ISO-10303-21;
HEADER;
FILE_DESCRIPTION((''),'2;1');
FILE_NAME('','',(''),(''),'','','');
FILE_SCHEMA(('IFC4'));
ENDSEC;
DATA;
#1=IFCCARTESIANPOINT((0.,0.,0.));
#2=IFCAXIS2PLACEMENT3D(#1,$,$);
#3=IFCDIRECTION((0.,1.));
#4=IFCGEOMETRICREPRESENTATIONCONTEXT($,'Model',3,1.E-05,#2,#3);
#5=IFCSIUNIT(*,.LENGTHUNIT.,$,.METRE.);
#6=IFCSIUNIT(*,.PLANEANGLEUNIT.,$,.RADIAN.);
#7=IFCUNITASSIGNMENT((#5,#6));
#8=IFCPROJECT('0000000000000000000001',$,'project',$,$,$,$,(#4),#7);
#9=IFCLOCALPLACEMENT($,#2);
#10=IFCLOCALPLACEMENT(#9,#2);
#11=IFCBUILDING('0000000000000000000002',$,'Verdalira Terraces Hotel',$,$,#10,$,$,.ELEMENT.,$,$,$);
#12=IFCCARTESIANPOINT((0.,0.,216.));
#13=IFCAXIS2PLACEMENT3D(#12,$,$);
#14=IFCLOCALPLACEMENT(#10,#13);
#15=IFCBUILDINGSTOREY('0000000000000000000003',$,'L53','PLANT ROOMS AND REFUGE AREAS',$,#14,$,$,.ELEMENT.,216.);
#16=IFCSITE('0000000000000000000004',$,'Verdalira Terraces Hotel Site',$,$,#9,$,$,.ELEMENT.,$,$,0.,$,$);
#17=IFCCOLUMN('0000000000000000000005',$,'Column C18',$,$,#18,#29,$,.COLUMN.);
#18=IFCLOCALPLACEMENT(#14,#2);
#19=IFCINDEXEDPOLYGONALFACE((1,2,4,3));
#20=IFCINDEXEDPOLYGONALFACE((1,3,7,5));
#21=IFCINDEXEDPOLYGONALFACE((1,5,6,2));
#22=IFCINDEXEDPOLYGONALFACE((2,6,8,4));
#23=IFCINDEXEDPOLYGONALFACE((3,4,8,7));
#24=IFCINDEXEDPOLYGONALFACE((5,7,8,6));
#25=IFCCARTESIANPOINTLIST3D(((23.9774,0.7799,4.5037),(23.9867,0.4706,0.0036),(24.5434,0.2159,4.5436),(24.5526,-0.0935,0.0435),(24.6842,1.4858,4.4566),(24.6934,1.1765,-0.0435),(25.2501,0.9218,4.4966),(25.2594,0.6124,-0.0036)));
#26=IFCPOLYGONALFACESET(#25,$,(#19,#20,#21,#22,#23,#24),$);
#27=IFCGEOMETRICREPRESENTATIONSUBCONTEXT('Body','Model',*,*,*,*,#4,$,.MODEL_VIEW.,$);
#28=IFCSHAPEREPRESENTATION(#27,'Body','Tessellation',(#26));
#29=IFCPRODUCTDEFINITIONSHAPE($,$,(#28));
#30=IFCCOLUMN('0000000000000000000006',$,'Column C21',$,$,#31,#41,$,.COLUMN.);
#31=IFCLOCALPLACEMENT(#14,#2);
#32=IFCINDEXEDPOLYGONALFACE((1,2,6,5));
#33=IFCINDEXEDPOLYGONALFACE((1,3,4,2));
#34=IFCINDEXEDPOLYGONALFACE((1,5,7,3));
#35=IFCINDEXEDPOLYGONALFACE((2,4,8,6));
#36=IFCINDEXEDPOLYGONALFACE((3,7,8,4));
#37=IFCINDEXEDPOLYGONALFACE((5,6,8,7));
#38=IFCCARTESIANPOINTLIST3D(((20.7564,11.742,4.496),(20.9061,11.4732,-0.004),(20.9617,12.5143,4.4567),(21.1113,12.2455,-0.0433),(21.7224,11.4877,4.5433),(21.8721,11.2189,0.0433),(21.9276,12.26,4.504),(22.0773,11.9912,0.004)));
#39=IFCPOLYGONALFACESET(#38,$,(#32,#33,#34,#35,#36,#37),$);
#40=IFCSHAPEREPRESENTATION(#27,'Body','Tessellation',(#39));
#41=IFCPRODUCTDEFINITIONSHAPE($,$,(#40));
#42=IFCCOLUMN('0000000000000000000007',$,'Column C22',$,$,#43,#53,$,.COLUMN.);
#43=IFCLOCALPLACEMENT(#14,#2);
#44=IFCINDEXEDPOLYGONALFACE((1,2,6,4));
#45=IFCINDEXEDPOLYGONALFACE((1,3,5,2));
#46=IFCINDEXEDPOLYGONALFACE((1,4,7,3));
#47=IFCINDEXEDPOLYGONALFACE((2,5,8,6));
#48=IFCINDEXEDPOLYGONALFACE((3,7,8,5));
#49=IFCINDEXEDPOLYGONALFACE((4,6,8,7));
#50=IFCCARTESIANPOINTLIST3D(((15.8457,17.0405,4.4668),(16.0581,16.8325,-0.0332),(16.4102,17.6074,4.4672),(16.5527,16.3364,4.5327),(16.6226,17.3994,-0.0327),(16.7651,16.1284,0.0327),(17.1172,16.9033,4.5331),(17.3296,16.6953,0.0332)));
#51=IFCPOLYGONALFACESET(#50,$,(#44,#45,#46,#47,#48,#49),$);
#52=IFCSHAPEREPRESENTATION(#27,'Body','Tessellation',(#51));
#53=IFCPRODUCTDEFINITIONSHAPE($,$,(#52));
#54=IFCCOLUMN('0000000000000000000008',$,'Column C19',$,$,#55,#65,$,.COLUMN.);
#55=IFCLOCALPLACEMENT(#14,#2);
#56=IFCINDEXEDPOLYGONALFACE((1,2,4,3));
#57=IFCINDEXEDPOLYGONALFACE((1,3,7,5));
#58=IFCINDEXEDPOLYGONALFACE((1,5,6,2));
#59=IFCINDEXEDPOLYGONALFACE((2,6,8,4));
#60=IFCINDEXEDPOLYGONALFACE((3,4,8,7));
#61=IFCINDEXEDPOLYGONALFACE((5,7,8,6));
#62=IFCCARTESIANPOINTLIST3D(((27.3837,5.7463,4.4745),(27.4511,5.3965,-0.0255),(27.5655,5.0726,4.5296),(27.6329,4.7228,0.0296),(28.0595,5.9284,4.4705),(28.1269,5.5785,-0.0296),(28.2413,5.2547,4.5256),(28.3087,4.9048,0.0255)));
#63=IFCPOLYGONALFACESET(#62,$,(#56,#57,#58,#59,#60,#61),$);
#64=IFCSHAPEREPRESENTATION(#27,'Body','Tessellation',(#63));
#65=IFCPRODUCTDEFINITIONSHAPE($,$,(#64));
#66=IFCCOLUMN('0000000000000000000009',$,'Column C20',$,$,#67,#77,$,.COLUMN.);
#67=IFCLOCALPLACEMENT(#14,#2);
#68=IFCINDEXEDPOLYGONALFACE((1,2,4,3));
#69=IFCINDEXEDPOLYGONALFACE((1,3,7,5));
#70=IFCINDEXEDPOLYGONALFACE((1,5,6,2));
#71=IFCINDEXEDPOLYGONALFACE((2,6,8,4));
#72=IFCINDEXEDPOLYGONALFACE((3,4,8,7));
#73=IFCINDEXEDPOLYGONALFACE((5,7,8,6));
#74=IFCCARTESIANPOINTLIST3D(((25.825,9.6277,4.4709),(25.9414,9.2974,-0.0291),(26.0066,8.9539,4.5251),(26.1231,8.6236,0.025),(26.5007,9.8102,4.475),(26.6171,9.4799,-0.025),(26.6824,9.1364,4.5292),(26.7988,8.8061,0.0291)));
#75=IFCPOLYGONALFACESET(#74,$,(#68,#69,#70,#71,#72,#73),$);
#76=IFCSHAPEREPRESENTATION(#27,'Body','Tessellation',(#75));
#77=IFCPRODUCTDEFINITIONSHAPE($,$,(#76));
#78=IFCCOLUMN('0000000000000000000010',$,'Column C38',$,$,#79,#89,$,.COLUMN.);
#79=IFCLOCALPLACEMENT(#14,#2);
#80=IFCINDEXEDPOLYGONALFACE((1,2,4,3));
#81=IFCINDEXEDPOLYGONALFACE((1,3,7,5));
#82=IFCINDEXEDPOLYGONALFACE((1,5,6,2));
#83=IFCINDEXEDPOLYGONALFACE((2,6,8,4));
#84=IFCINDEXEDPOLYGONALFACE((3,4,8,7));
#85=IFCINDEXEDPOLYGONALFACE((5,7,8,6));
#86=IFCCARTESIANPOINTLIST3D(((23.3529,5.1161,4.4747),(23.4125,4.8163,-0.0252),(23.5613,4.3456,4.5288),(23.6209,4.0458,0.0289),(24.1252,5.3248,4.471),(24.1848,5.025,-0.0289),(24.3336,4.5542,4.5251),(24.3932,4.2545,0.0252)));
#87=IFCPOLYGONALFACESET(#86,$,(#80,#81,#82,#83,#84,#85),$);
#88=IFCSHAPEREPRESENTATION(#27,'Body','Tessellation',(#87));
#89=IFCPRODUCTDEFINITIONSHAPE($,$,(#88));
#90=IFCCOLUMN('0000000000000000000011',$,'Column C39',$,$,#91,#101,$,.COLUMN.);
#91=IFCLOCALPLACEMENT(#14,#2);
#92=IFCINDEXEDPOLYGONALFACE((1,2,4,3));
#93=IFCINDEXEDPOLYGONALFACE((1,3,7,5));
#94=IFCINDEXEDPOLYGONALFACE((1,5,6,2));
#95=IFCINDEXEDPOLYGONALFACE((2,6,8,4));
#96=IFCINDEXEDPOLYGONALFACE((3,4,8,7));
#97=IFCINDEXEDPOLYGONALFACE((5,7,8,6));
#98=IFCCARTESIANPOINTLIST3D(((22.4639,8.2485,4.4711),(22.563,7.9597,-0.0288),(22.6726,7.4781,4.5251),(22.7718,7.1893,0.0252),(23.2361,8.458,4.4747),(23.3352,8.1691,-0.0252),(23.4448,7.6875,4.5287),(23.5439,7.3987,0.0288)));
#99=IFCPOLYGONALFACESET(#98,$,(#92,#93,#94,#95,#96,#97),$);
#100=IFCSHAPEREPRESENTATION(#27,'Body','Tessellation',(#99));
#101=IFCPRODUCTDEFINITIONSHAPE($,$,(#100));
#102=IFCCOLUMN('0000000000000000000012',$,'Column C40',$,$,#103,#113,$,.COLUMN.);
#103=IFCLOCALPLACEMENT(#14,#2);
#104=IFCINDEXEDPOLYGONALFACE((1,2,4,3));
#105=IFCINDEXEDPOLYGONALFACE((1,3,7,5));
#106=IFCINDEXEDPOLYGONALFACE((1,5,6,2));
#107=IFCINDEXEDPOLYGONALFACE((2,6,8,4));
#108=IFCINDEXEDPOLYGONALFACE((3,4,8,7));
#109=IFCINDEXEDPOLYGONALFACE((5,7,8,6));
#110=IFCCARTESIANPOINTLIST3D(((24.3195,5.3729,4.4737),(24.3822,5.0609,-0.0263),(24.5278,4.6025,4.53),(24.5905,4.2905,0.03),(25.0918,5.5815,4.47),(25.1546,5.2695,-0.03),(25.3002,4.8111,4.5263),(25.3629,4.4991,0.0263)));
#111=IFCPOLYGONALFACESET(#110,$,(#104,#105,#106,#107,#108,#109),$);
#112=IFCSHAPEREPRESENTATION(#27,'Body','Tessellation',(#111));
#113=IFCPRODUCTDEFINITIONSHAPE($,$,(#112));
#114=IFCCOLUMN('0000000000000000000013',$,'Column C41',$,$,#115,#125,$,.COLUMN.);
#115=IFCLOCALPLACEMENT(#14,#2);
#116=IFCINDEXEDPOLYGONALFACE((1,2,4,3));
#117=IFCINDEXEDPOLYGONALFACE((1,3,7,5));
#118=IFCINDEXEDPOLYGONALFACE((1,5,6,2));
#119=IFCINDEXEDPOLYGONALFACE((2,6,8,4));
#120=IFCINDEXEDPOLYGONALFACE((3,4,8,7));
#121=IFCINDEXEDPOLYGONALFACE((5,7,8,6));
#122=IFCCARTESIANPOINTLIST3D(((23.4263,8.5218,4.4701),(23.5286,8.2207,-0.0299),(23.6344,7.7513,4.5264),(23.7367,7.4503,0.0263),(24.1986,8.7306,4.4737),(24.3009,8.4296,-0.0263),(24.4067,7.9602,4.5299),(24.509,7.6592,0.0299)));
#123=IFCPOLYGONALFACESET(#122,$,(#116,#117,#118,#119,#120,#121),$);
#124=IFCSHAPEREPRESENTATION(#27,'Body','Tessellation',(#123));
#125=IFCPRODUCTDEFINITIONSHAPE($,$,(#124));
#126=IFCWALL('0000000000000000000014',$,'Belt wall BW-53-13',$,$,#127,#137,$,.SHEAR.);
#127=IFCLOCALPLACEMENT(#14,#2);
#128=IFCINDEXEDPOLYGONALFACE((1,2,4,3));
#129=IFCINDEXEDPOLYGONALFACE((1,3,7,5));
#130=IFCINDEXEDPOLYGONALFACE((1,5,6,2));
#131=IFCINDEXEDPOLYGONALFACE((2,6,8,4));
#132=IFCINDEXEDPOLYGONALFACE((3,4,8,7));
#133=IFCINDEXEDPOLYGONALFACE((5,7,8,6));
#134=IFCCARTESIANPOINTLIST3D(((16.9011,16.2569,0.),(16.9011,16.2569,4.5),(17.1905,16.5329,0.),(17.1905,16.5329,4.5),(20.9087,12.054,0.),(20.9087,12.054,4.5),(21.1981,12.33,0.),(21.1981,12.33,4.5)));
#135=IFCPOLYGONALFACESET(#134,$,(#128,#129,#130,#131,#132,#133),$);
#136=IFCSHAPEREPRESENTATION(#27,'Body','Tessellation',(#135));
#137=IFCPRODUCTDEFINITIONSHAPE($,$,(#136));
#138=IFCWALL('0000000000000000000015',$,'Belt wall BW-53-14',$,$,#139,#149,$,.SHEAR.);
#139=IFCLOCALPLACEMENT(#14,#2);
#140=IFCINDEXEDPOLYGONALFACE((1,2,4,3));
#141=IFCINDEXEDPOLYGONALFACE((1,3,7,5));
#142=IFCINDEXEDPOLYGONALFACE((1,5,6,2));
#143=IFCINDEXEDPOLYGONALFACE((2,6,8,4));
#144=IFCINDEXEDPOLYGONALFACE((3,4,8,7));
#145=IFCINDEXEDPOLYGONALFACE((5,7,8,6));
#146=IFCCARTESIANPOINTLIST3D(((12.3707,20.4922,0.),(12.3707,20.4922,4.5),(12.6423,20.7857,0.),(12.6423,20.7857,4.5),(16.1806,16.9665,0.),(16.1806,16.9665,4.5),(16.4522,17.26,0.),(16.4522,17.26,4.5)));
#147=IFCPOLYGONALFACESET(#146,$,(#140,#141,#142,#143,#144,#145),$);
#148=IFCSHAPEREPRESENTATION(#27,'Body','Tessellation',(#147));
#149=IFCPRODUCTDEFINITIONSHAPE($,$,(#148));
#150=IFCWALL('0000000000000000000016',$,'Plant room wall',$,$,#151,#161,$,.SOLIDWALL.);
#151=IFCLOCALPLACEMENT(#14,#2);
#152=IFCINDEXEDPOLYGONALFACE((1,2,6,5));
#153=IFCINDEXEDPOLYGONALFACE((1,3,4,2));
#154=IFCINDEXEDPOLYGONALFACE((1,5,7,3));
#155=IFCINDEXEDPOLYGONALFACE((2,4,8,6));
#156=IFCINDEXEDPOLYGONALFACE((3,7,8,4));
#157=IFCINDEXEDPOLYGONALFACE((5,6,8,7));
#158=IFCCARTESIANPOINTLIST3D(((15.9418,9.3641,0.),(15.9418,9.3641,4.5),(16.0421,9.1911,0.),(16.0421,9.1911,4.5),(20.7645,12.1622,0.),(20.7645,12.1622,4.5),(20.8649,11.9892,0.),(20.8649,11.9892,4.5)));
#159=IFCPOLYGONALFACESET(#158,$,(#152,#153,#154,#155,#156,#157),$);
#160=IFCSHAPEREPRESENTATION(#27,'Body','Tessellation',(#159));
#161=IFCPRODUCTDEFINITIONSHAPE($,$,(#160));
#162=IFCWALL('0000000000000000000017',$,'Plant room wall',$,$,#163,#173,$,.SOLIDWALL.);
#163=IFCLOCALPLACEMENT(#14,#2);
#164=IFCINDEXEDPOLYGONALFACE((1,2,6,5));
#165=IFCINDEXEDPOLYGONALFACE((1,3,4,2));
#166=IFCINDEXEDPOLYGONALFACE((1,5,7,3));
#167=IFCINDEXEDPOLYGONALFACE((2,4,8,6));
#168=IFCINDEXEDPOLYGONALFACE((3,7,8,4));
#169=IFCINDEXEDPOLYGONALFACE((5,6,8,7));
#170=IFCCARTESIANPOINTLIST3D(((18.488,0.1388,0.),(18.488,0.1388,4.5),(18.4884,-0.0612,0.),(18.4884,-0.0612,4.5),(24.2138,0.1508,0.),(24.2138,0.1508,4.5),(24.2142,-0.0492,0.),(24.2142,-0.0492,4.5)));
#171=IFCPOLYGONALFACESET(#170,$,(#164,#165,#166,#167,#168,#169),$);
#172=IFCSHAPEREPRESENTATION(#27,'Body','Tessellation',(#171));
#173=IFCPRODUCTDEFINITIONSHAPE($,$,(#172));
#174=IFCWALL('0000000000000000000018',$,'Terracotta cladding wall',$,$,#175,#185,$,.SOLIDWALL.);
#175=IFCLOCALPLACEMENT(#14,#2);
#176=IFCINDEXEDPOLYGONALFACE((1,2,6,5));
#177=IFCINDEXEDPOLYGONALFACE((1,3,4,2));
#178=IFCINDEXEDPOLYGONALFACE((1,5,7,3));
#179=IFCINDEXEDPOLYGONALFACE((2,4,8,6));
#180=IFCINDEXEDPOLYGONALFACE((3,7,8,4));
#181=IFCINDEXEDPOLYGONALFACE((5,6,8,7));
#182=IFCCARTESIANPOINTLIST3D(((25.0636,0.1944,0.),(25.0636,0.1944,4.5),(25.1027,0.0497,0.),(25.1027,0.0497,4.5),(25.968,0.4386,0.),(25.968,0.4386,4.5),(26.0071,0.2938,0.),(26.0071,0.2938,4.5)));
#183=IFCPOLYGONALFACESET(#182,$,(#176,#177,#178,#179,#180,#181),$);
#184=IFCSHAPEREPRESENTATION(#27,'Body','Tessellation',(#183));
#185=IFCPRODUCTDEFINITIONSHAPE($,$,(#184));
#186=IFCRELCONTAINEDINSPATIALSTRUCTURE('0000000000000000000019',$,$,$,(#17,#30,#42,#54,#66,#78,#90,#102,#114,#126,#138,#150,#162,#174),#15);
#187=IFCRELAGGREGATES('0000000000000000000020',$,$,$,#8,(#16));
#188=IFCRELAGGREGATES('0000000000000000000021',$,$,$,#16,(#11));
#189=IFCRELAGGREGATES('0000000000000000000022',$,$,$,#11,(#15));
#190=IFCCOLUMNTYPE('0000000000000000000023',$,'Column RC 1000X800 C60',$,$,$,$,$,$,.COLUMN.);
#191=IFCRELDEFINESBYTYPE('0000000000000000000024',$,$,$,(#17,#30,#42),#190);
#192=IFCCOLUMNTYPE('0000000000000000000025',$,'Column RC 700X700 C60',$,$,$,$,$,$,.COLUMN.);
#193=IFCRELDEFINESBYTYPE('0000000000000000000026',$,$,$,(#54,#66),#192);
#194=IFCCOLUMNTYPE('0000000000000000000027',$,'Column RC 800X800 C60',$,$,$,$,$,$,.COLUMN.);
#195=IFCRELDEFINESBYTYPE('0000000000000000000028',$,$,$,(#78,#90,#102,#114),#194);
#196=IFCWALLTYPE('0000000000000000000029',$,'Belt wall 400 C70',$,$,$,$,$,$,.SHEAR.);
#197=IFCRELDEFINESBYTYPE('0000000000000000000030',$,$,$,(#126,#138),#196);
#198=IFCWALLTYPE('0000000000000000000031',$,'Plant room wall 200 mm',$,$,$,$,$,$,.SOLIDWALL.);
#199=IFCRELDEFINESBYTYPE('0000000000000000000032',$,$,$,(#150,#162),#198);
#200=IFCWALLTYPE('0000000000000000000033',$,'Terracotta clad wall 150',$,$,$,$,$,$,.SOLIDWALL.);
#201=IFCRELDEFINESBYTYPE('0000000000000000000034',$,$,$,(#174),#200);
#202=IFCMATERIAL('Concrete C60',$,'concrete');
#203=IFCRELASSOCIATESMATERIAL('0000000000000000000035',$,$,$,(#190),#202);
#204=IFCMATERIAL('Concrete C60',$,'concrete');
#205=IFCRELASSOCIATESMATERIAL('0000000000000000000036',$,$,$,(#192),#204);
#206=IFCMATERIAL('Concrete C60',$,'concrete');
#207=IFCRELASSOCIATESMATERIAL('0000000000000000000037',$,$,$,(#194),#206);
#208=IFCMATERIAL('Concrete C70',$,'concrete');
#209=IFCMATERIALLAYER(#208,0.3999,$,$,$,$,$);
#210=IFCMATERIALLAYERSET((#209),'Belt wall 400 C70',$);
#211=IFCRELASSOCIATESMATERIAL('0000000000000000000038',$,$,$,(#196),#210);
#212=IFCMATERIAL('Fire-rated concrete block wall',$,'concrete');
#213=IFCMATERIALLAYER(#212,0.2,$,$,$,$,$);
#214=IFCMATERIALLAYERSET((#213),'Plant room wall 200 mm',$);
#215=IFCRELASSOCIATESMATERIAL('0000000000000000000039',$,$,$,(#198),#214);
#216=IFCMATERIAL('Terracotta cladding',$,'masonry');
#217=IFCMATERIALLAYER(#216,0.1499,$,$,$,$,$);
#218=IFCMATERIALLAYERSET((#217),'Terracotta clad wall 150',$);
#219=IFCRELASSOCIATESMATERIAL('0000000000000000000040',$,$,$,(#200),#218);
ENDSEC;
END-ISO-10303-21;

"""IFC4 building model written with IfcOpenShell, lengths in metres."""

from ifc_helpers import new_model, si_unit, direction, frame, frame_2d, origin, origin_2d, place, context, subcontext, project, spatial, rectangle, extrude, material, layer, layer_set, material_profile, profile_set, type_object, element, save


model = new_model("IFC4")

# Units and contexts
model_context = context("Model", 3, precision=1e-05, world=origin(), true_north=direction((0.0, 1.0)))
body_context = subcontext(model_context, "Body", "Model", "MODEL_VIEW")
ifc_project = project(units=[si_unit("LENGTHUNIT", "METRE"), si_unit("PLANEANGLEUNIT", "RADIAN")], contexts=[model_context])

# Site, building, storey
site_placement = place(None, origin())
site = spatial("IfcSite", under=ifc_project, at=site_placement, Name="Verdalira Terraces Hotel Site", CompositionType="ELEMENT", RefElevation=0.0)
building_placement = place(site_placement, origin())
building = spatial("IfcBuilding", under=site, at=building_placement, Name="Verdalira Terraces Hotel", CompositionType="ELEMENT")
storey_placement = place(building_placement, frame((0.0, 0.0, 216.0)))
storey = spatial("IfcBuildingStorey", under=building, at=storey_placement, Name="L53", Description="PLANT ROOMS AND REFUGE AREAS", CompositionType="ELEMENT", Elevation=216.0)

# Columns
ifc_material_1 = material(Name="Concrete C60", Category="concrete")
ifc_material_profile_1 = material_profile(ifc_material_1, rectangle(XDim=1.0, YDim=0.8, at=origin_2d()), Name="RC 1000X800")
ifc_profile_set_1 = profile_set([ifc_material_profile_1], Name="Concrete C60")
column_type_1 = type_object("IfcColumnType", Name="Column RC 1000X800 C60", PredefinedType="COLUMN", material=ifc_profile_set_1)
column_1_placement = place(storey_placement, frame((24.623, 0.5415, 0.0), z_axis=(-0.002057, 0.068577, 0.997644), x_axis=(-0.706776, -0.70587, 0.047064)))
element("IfcColumn", 1, at=column_1_placement, inside=storey, type_object=column_type_1, Name="Column C18", PredefinedType="COLUMN", context=body_context, shape_type="SweptSolid", body=[
    extrude(rectangle(XDim=1.0, YDim=0.8, at=origin_2d()), origin(), (0.0, 0.0, 1.0), 4.5107),
])
column_2_placement = place(storey_placement, frame((21.4917, 11.7322, 0.0), z_axis=(-0.03318, 0.059594, 0.997671), x_axis=(0.96597, -0.254291, 0.047315)))
element("IfcColumn", 2, at=column_2_placement, inside=storey, type_object=column_type_1, Name="Column C21", PredefinedType="COLUMN", context=body_context, shape_type="SweptSolid", body=[
    extrude(rectangle(XDim=1.0, YDim=0.8, at=origin_2d()), origin(), (0.0, 0.0, 1.0), 4.5105),
])
column_3_placement = place(storey_placement, frame((16.6938, 16.7639, 0.0), z_axis=(-0.047098, 0.046123, 0.997825), x_axis=(-0.707006, 0.704129, -0.065919)))
element("IfcColumn", 3, at=column_3_placement, inside=storey, type_object=column_type_1, Name="Column C22", PredefinedType="COLUMN", context=body_context, shape_type="SweptSolid", body=[
    extrude(rectangle(XDim=1.0, YDim=0.8, at=origin_2d()), origin(), (0.0, 0.0, 1.0), 4.5098),
])
ifc_material_2 = material(Name="Concrete C60", Category="concrete")
ifc_material_profile_2 = material_profile(ifc_material_2, rectangle(XDim=0.7, YDim=0.7, at=origin_2d()), Name="RC 700X700")
ifc_profile_set_2 = profile_set([ifc_material_profile_2], Name="Concrete C60")
column_type_2 = type_object("IfcColumnType", Name="Column RC 700X700 C60", PredefinedType="COLUMN", material=ifc_profile_set_2)
column_4_placement = place(storey_placement, frame((27.8799, 5.1506, 0.0), z_axis=(-0.014927, 0.077503, 0.99688), x_axis=(-0.259715, 0.962472, -0.078717)))
element("IfcColumn", 4, at=column_4_placement, inside=storey, type_object=column_type_2, Name="Column C19", PredefinedType="COLUMN", context=body_context, shape_type="SweptSolid", body=[
    extrude(rectangle(XDim=0.7, YDim=0.7, at=origin_2d()), origin(), (0.0, 0.0, 1.0), 4.5142),
])
column_5_placement = place(storey_placement, frame((26.3701, 9.0518, 0.0), z_axis=(-0.025801, 0.073184, 0.996985), x_axis=(-0.259537, 0.962628, -0.077378)))
element("IfcColumn", 5, at=column_5_placement, inside=storey, type_object=column_type_2, Name="Column C20", PredefinedType="COLUMN", context=body_context, shape_type="SweptSolid", body=[
    extrude(rectangle(XDim=0.7, YDim=0.7, at=origin_2d()), origin(), (0.0, 0.0, 1.0), 4.5137),
])
ifc_material_3 = material(Name="Concrete C60", Category="concrete")
ifc_material_profile_3 = material_profile(ifc_material_3, rectangle(XDim=0.8, YDim=0.8, at=origin_2d()), Name="RC 800X800")
ifc_profile_set_3 = profile_set([ifc_material_profile_3], Name="Concrete C60")
column_type_3 = type_object("IfcColumnType", Name="Column RC 800X800 C60", PredefinedType="COLUMN", material=ifc_profile_set_3)
for number, where, z_axis, x_axis, name in (
    (6, (23.9028, 4.5354, 0.0), (-0.013207, 0.06647, 0.997701), (0.965388, 0.260779, -0.004594), "Column C38"),
    (7, (23.0535, 7.6792, 0.0), (-0.021976, 0.064035, 0.997706), (0.965115, 0.261788, 0.004456), "Column C39"),
):
    element("IfcColumn", number, at=place(storey_placement, frame(where, z_axis=z_axis, x_axis=x_axis)), inside=storey, type_object=column_type_3, Name=name, PredefinedType="COLUMN", context=body_context, shape_type="SweptSolid", body=[
        extrude(rectangle(XDim=0.8, YDim=0.8, at=origin_2d()), origin(), (0.0, 0.0, 1.0), 4.5103),
    ])
for number, where, z_axis, x_axis, name in (
    (8, (24.8726, 4.78, 0.0), (-0.013908, 0.069163, 0.997508), (0.965403, 0.26072, -0.004617), "Column C40"),
    (9, (24.0188, 7.9399, 0.0), (-0.022676, 0.066728, 0.997513), (0.965306, 0.261083, 0.004478), "Column C41"),
):
    element("IfcColumn", number, at=place(storey_placement, frame(where, z_axis=z_axis, x_axis=x_axis)), inside=storey, type_object=column_type_3, Name=name, PredefinedType="COLUMN", context=body_context, shape_type="SweptSolid", body=[
        extrude(rectangle(XDim=0.8, YDim=0.8, at=origin_2d()), origin(), (0.0, 0.0, 1.0), 4.5112),
    ])

# Walls
ifc_material_4 = material(Name="Concrete C70", Category="concrete")
ifc_layer_1 = layer(ifc_material_4, 0.3999)
ifc_layer_set_1 = layer_set([ifc_layer_1], Name="Belt wall 400 C70")
wall_type_1 = type_object("IfcWallType", Name="Belt wall 400 C70", PredefinedType="SHEAR", material=ifc_layer_set_1)
wall_1_placement = place(storey_placement, frame((21.0535, 12.1919, 0.0), z_axis=(0.0, 0.0, 1.0), x_axis=(-0.690091, 0.723723, 0.0)))
element("IfcWall", 10, at=wall_1_placement, inside=storey, type_object=wall_type_1, Name="Belt wall BW-53-13", PredefinedType="SHEAR", context=body_context, shape_type="SweptSolid", body=[
    extrude(rectangle(XDim=5.8074, YDim=0.3999, at=frame_2d((2.9038, 0.0))), origin(), (0.0, 0.0, 1.0), 4.5),
])
wall_2_placement = place(storey_placement, frame((16.3164, 17.1133, 0.0), z_axis=(0.0, 0.0, 1.0), x_axis=(-0.73395, 0.679204, 0.0)))
element("IfcWall", 11, at=wall_2_placement, inside=storey, type_object=wall_type_1, Name="Belt wall BW-53-14", PredefinedType="SHEAR", context=body_context, shape_type="SweptSolid", body=[
    extrude(rectangle(XDim=5.1909, YDim=0.3999, at=frame_2d((2.5955, 0.0))), origin(), (0.0, 0.0, 1.0), 4.5),
])
ifc_material_5 = material(Name="Fire-rated concrete block wall", Category="concrete")
ifc_layer_2 = layer(ifc_material_5, 0.2)
ifc_layer_set_2 = layer_set([ifc_layer_2], Name="Plant room wall 200 mm")
wall_type_2 = type_object("IfcWallType", Name="Plant room wall 200 mm", PredefinedType="SOLIDWALL", material=ifc_layer_set_2)
wall_3_placement = place(storey_placement, frame((15.9919, 9.2776, 0.0), z_axis=(0.0, 0.0, 1.0), x_axis=(0.864961, 0.501839, 0.0)))
element("IfcWall", 12, at=wall_3_placement, inside=storey, type_object=wall_type_2, Name="Plant room wall", PredefinedType="SOLIDWALL", context=body_context, shape_type="SweptSolid", body=[
    extrude(rectangle(XDim=5.5757, YDim=0.2, at=frame_2d((2.7878, 0.0))), origin(), (0.0, 0.0, 1.0), 4.5),
])
wall_4_placement = place(storey_placement, frame((18.4883, 0.0388, 0.0), z_axis=(0.0, 0.0, 1.0), x_axis=(0.999998, 0.002089, 0.0)))
element("IfcWall", 13, at=wall_4_placement, inside=storey, type_object=wall_type_2, Name="Plant room wall", PredefinedType="SOLIDWALL", context=body_context, shape_type="SweptSolid", body=[
    extrude(rectangle(XDim=5.7258, YDim=0.2, at=frame_2d((2.8628, 0.0))), origin(), (0.0, 0.0, 1.0), 4.5),
])
ifc_material_6 = material(Name="Terracotta cladding", Category="masonry")
ifc_layer_3 = layer(ifc_material_6, 0.1499)
ifc_layer_set_3 = layer_set([ifc_layer_3], Name="Terracotta clad wall 150")
wall_type_3 = type_object("IfcWallType", Name="Terracotta clad wall 150", PredefinedType="SOLIDWALL", material=ifc_layer_set_3)
wall_5_placement = place(storey_placement, frame((25.0833, 0.1221, 0.0), z_axis=(0.0, 0.0, 1.0), x_axis=(0.965434, 0.260646, 0.0)))
element("IfcWall", 14, at=wall_5_placement, inside=storey, type_object=wall_type_3, Name="Terracotta cladding wall", PredefinedType="SOLIDWALL", context=body_context, shape_type="SweptSolid", body=[
    extrude(rectangle(XDim=0.9368, YDim=0.1499, at=frame_2d((0.4683, 0.0))), origin(), (0.0, 0.0, 1.0), 4.5),
])

save(model, "model.ifc")
